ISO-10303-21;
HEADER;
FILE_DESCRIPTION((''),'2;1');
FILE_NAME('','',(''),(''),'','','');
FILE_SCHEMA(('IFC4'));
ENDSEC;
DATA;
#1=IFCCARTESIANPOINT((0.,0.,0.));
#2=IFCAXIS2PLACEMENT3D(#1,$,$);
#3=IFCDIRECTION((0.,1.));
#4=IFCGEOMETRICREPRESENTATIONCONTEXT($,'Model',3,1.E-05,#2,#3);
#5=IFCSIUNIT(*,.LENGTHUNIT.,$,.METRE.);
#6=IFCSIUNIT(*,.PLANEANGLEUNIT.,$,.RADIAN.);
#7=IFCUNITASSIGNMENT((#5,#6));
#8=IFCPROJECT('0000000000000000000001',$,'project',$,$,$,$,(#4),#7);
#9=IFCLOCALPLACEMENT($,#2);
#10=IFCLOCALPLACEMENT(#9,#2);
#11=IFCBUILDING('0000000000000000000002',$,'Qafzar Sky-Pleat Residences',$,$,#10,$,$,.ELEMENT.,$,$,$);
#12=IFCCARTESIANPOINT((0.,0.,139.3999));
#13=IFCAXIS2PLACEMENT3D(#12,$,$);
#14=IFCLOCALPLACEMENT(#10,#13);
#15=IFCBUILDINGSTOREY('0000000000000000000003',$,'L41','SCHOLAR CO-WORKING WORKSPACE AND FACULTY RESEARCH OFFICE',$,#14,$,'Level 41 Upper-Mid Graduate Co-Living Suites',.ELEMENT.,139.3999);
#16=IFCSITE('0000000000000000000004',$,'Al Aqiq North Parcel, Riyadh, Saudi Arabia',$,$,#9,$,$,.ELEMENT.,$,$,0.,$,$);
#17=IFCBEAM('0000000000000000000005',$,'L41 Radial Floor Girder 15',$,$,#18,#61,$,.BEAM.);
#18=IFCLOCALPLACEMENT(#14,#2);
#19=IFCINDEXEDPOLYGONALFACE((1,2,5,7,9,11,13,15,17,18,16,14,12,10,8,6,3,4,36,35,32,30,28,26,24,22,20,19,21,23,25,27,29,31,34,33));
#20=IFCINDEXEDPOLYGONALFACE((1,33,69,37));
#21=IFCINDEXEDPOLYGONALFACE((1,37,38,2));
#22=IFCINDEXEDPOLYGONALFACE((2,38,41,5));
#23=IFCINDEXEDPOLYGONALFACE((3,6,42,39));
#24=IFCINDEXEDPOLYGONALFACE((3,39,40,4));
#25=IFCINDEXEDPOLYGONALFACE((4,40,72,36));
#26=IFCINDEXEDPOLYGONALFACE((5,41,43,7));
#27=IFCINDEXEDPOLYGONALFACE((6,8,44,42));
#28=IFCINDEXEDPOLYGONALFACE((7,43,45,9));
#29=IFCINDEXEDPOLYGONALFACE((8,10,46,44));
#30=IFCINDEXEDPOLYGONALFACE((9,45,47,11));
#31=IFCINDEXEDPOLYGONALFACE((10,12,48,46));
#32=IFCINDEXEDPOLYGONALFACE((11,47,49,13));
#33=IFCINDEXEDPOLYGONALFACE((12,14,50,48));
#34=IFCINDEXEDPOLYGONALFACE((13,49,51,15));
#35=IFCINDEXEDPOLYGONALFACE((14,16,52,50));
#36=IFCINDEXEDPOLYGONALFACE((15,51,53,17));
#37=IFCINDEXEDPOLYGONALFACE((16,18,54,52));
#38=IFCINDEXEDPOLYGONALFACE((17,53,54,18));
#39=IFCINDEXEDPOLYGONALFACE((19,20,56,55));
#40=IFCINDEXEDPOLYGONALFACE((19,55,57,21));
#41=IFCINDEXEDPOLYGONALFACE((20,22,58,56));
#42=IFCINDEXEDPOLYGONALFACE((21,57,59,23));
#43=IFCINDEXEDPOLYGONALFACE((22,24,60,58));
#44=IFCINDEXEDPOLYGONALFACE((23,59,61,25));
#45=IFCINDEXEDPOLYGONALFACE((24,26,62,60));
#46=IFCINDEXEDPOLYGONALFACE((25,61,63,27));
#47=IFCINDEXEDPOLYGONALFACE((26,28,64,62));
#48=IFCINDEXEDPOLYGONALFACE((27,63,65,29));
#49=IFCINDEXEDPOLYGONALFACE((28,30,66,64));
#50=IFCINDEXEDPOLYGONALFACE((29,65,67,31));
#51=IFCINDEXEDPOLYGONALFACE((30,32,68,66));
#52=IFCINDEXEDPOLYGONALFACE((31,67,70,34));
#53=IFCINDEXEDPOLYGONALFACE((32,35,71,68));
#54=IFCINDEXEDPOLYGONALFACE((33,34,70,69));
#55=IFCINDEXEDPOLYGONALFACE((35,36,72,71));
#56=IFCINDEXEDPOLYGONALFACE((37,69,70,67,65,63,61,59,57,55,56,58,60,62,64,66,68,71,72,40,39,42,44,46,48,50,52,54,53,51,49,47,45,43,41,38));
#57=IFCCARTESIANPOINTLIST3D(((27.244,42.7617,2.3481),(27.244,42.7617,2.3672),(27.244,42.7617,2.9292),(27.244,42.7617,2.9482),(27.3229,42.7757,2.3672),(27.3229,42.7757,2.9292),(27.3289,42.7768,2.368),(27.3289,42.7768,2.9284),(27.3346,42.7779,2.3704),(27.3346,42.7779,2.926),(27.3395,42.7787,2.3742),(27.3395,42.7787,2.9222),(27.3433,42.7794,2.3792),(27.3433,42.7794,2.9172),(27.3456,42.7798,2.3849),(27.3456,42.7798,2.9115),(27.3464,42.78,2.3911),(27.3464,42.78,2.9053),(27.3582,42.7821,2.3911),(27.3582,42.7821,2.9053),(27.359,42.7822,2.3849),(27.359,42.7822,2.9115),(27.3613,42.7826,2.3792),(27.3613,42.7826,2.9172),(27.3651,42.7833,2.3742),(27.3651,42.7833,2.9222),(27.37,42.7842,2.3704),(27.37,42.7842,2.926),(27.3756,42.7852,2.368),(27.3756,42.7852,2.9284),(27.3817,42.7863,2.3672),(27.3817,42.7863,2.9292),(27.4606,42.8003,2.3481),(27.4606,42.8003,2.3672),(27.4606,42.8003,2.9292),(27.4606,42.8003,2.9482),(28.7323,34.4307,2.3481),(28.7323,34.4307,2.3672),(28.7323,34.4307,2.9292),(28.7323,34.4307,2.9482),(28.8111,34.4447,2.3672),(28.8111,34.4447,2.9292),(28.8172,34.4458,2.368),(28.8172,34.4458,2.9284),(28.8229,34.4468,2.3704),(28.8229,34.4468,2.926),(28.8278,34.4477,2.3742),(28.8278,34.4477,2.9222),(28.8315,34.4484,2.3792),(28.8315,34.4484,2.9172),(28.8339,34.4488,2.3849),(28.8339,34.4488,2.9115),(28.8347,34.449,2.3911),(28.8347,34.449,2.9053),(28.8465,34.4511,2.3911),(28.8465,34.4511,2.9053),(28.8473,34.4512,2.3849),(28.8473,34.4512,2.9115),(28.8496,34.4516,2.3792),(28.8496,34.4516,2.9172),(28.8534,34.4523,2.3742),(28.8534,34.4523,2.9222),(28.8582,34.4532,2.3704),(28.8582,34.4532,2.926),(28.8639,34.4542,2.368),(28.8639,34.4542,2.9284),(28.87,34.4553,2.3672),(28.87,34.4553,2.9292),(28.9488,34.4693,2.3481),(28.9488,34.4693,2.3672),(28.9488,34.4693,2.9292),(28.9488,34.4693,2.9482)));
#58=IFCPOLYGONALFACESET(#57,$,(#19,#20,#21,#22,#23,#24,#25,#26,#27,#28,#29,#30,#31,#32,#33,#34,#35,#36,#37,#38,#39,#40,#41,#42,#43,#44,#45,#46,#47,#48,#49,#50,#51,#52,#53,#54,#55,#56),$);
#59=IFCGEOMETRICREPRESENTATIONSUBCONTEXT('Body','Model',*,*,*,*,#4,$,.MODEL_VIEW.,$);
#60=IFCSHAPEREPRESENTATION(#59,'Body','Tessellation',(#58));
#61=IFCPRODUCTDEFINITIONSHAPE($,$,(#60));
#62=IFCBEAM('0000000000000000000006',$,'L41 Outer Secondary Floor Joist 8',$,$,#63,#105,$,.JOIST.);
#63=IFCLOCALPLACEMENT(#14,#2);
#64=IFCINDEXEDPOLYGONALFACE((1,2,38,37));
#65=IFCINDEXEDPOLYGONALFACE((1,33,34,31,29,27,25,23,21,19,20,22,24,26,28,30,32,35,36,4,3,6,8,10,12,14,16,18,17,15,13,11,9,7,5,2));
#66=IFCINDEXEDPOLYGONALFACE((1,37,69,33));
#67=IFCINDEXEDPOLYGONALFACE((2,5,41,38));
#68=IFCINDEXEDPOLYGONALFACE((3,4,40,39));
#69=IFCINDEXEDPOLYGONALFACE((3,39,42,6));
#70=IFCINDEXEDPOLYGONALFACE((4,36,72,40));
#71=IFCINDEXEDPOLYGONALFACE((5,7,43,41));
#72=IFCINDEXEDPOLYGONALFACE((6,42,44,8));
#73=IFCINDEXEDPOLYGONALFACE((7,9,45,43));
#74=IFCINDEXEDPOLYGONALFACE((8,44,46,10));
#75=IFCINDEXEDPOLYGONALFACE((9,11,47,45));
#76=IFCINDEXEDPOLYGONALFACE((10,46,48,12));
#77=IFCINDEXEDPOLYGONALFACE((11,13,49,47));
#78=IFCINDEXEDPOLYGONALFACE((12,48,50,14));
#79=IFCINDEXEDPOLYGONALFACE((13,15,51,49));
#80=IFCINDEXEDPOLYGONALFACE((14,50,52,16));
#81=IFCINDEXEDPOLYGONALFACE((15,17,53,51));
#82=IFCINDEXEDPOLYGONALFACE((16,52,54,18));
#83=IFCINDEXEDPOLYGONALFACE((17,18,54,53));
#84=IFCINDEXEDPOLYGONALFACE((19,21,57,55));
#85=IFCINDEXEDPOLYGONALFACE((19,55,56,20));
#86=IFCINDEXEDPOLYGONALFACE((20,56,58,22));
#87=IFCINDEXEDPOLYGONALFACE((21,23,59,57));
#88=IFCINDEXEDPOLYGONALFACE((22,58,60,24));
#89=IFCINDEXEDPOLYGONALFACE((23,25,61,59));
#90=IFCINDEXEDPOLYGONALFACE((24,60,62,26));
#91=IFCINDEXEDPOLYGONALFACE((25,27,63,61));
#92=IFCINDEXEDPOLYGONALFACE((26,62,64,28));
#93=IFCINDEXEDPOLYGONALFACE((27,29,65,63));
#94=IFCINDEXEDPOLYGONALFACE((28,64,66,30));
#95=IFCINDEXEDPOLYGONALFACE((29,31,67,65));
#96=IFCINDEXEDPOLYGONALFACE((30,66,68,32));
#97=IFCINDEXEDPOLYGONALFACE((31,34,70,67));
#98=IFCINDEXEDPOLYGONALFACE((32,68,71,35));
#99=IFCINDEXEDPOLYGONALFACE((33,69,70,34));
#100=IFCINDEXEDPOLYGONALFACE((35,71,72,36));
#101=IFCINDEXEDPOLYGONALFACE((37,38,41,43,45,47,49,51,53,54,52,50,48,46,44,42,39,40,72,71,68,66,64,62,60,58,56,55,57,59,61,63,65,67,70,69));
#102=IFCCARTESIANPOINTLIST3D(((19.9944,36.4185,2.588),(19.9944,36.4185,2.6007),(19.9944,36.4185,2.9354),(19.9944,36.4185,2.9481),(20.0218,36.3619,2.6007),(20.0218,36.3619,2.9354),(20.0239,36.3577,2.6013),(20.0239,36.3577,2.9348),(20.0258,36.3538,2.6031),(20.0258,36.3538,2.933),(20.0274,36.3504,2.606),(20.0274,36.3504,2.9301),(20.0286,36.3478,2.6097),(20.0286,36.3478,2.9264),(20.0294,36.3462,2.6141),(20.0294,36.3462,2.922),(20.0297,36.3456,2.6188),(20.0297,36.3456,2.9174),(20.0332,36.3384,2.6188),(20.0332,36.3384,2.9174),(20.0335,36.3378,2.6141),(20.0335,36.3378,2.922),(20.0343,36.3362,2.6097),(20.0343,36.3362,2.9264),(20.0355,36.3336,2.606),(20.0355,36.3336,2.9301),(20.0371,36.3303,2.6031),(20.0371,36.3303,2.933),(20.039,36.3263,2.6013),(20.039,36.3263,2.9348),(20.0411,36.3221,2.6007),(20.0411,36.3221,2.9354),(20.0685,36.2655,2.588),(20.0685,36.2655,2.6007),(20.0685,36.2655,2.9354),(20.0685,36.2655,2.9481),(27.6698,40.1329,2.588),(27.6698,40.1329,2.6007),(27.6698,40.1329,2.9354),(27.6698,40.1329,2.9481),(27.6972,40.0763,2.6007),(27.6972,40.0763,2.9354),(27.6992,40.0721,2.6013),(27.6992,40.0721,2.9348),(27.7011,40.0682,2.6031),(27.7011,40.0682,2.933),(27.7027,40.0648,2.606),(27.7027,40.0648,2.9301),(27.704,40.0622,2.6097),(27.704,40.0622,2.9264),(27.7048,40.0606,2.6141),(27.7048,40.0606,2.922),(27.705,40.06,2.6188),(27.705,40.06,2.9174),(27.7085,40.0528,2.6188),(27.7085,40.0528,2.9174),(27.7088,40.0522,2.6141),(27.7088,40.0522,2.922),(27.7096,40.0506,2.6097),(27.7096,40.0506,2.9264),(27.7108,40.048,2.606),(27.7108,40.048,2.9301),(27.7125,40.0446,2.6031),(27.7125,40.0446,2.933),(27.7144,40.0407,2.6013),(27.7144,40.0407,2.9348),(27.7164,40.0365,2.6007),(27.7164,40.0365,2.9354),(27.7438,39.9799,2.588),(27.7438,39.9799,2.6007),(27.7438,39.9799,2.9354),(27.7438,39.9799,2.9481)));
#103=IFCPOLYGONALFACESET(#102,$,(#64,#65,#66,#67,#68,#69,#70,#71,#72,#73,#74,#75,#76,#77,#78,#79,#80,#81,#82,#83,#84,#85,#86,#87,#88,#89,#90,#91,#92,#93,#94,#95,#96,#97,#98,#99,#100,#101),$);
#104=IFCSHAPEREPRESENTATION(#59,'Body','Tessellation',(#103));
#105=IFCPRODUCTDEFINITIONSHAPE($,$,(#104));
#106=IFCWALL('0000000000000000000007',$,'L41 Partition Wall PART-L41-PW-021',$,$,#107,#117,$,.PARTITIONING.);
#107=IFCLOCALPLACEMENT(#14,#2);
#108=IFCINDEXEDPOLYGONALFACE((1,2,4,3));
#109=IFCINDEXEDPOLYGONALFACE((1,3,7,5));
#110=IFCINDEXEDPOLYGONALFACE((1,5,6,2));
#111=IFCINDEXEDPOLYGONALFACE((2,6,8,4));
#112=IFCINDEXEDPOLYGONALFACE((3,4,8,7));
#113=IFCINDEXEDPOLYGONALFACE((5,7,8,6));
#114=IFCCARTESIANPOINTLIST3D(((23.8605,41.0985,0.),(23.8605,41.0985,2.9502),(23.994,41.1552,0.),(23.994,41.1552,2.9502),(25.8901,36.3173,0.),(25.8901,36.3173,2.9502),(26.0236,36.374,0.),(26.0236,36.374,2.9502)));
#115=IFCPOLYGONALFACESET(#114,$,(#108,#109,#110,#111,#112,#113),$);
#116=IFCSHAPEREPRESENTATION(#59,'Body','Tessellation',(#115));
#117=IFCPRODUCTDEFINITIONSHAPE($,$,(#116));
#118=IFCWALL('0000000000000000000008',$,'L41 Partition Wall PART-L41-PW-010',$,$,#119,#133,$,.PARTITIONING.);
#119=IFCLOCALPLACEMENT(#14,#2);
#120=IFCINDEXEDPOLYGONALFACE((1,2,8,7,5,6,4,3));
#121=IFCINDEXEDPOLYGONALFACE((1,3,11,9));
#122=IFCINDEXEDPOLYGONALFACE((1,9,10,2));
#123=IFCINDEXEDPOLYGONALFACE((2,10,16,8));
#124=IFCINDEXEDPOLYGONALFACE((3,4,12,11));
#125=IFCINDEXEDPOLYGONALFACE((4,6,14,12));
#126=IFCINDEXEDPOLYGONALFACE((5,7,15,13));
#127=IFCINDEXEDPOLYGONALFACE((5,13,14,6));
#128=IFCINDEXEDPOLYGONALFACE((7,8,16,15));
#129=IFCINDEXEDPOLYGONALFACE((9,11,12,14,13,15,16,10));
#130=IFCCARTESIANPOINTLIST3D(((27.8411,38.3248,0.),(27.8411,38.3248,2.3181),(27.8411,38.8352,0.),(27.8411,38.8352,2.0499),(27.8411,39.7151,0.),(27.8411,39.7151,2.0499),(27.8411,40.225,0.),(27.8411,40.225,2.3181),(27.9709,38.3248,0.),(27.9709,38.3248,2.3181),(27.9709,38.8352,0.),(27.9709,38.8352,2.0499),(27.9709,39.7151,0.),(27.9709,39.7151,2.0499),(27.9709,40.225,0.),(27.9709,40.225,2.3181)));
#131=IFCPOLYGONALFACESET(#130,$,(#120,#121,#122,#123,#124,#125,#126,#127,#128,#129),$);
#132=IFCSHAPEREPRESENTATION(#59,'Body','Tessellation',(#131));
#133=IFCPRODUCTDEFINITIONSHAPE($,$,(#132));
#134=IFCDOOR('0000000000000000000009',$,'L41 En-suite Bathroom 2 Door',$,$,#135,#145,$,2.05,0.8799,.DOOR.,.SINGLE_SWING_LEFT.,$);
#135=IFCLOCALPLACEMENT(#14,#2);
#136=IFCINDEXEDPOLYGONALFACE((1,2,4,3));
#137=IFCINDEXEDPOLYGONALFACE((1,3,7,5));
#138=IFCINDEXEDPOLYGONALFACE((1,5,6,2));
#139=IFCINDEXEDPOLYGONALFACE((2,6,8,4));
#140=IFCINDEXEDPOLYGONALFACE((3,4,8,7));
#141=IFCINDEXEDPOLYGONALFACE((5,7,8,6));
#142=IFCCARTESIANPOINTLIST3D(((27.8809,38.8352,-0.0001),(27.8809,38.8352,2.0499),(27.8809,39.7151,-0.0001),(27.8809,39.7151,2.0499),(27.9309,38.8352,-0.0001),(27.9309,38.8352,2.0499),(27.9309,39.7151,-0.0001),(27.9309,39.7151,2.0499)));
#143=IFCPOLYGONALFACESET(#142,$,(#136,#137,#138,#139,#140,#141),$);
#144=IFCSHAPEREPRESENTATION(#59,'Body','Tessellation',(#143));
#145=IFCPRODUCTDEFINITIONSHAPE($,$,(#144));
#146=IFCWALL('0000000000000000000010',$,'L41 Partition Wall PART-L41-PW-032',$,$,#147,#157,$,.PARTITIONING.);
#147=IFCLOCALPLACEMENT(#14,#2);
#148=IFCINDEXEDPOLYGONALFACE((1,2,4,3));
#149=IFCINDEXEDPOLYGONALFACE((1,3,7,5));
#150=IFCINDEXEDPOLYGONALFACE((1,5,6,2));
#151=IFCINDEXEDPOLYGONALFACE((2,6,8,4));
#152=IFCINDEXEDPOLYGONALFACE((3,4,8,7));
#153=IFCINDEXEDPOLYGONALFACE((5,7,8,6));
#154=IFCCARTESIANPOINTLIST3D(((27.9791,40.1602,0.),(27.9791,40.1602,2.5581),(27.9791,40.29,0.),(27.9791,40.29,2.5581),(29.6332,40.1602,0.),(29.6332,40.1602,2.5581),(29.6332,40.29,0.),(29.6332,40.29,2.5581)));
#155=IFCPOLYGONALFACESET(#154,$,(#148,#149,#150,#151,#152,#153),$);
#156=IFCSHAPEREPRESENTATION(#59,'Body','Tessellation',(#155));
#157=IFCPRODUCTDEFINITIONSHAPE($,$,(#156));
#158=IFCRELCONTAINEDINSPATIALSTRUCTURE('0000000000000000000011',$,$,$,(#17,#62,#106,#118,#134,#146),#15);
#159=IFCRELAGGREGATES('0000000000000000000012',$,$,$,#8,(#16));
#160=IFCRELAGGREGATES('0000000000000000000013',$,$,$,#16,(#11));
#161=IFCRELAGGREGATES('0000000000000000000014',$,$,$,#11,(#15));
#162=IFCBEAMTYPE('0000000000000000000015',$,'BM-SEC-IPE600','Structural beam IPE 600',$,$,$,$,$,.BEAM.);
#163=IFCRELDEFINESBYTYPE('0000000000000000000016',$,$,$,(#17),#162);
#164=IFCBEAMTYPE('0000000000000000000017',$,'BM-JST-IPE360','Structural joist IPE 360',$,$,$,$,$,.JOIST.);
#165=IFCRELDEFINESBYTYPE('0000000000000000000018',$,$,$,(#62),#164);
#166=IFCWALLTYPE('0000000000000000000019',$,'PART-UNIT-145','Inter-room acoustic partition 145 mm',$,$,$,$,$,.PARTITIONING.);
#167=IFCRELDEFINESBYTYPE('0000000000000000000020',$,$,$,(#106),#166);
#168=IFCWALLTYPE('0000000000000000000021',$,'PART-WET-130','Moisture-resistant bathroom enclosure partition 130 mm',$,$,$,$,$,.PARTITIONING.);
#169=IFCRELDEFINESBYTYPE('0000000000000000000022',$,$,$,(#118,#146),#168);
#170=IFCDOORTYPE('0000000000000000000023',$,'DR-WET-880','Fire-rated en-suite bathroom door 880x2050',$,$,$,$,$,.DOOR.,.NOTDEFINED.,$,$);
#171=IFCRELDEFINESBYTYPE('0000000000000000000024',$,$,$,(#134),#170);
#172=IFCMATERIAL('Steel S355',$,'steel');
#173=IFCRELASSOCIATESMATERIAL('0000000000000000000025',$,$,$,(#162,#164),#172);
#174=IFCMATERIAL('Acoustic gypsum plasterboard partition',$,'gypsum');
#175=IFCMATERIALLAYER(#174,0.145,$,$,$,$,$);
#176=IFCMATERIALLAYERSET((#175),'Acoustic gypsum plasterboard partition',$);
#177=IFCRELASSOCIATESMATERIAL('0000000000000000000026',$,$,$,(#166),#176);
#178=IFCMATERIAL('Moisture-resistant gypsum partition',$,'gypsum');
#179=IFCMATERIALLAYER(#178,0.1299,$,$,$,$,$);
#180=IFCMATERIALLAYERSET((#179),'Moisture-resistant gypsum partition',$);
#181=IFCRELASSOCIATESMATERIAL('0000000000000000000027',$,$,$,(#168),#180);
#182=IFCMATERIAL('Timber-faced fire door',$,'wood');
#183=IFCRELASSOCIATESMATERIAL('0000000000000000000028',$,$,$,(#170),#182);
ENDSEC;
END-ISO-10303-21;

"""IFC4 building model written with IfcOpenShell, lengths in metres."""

from ifc_helpers import new_model, si_unit, direction, frame, frame_2d, origin, origin_2d, place, context, subcontext, project, spatial, rectangle, i_section, extrude, source, transform, mapped, material, layer, layer_set, material_profile, profile_set, type_object, element, fill, save


model = new_model("IFC4")

# Units and contexts
model_context = context("Model", 3, precision=1e-05, world=origin(), true_north=direction((0.0, 1.0)))
body_context = subcontext(model_context, "Body", "Model", "MODEL_VIEW")
ifc_project = project(units=[si_unit("LENGTHUNIT", "METRE"), si_unit("PLANEANGLEUNIT", "RADIAN")], contexts=[model_context])

# Site, building, storey
site_placement = place(None, origin())
site = spatial("IfcSite", under=ifc_project, at=site_placement, Name="Al Aqiq North Parcel, Riyadh, Saudi Arabia", CompositionType="ELEMENT", RefElevation=0.0)
building_placement = place(site_placement, origin())
building = spatial("IfcBuilding", under=site, at=building_placement, Name="Qafzar Sky-Pleat Residences", CompositionType="ELEMENT")
storey_placement = place(building_placement, frame((0.0, 0.0, 139.3999)))
storey = spatial("IfcBuildingStorey", under=building, at=storey_placement, Name="L41", Description="SCHOLAR CO-WORKING WORKSPACE AND FACULTY RESEARCH OFFICE", LongName="Level 41 Upper-Mid Graduate Co-Living Suites", CompositionType="ELEMENT", Elevation=139.3999)

# Shared definitions
ifc_material_1 = material(Name="Steel S355", Category="steel")

# Beams
ifc_material_profile_1 = material_profile(ifc_material_1, i_section(OverallWidth=0.22, OverallDepth=0.6001, WebThickness=0.012, FlangeThickness=0.019, FilletRadius=0.0239, at=origin_2d()), Name="IPE 600")
ifc_profile_set_1 = profile_set([ifc_material_profile_1], Name="Steel S355")
beam_type_1 = type_object("IfcBeamType", Name="BM-SEC-IPE600", Description="Structural beam IPE 600", PredefinedType="BEAM", material=ifc_profile_set_1)
shared_shape_1 = source(origin(), body_context, "Body", "SweptSolid", [
    extrude(i_section(OverallWidth=0.22, OverallDepth=0.6001, WebThickness=0.012, FlangeThickness=0.019, FilletRadius=0.0239, at=origin_2d()), origin(), (0.0, 0.0, 1.0), 8.4629),
])
beam_1_placement = place(storey_placement, frame((27.3523, 42.781, 2.6482), z_axis=(0.175859, -0.984415, 0.0), x_axis=(0.984415, 0.175859, 0.0)))
element("IfcBeam", 1, at=beam_1_placement, inside=storey, type_object=beam_type_1, Name="L41 Radial Floor Girder 15", PredefinedType="BEAM", context=body_context, shape_type="MappedRepresentation", body=[
    mapped(shared_shape_1, transform((0.0, 0.0, 0.0), x_axis=(1.0, 0.0, 0.0), y_axis=(0.0, 1.0, 0.0), z_axis=(0.0, 0.0, 1.0), scale=1.0)),
])
ifc_material_profile_2 = material_profile(ifc_material_1, i_section(OverallWidth=0.1699, OverallDepth=0.3601, WebThickness=0.0081, FlangeThickness=0.0127, FilletRadius=0.0181, at=origin_2d()), Name="IPE 360")
ifc_profile_set_2 = profile_set([ifc_material_profile_2], Name="Steel S355")
beam_type_2 = type_object("IfcBeamType", Name="BM-JST-IPE360", Description="Structural joist IPE 360", PredefinedType="JOIST", material=ifc_profile_set_2)
shared_shape_2 = source(origin(), body_context, "Body", "SweptSolid", [
    extrude(i_section(OverallWidth=0.1699, OverallDepth=0.3601, WebThickness=0.0081, FlangeThickness=0.0127, FilletRadius=0.0181, at=origin_2d()), origin(), (0.0, 0.0, 1.0), 8.5269),
])
beam_2_placement = place(storey_placement, frame((27.7068, 40.0564, 2.7681), z_axis=(-0.900136, -0.435609, 0.0), x_axis=(0.435609, -0.900136, 0.0)))
element("IfcBeam", 2, at=beam_2_placement, inside=storey, type_object=beam_type_2, Name="L41 Outer Secondary Floor Joist 8", PredefinedType="JOIST", context=body_context, shape_type="MappedRepresentation", body=[
    mapped(shared_shape_2, transform((0.0, 0.0, 0.0), x_axis=(1.0, 0.0, 0.0), y_axis=(0.0, 1.0, 0.0), z_axis=(0.0, 0.0, 1.0), scale=1.0)),
])

# Wall
ifc_material_2 = material(Name="Acoustic gypsum plasterboard partition", Category="gypsum")
ifc_layer_1 = layer(ifc_material_2, 0.145)
ifc_layer_set_1 = layer_set([ifc_layer_1], Name="Acoustic gypsum plasterboard partition")
wall_type_1 = type_object("IfcWallType", Name="PART-UNIT-145", Description="Inter-room acoustic partition 145 mm", PredefinedType="PARTITIONING", material=ifc_layer_set_1)
wall_1_placement = place(storey_placement, frame((23.9272, 41.127, 0.0), z_axis=(0.0, 0.0, 1.0), x_axis=(0.390735, -0.920503, 0.0)))
element("IfcWall", 3, at=wall_1_placement, inside=storey, type_object=wall_type_1, Name="L41 Partition Wall PART-L41-PW-021", PredefinedType="PARTITIONING", context=body_context, shape_type="SweptSolid", body=[
    extrude(rectangle(XDim=5.1941, YDim=0.145, at=frame_2d((2.5972, 0.0))), origin(), (0.0, 0.0, 1.0), 2.9502),
])

# Wall, opening, door
ifc_material_3 = material(Name="Moisture-resistant gypsum partition", Category="gypsum")
ifc_layer_2 = layer(ifc_material_3, 0.1299)
ifc_layer_set_2 = layer_set([ifc_layer_2], Name="Moisture-resistant gypsum partition")
wall_type_2 = type_object("IfcWallType", Name="PART-WET-130", Description="Moisture-resistant bathroom enclosure partition 130 mm", PredefinedType="PARTITIONING", material=ifc_layer_set_2)
wall_2_placement = place(storey_placement, frame((27.906, 40.2251, 0.0), z_axis=(0.0, 0.0, 1.0), x_axis=(0.0, -1.0, 0.0)))
wall_2 = element("IfcWall", 4, at=wall_2_placement, inside=storey, type_object=wall_type_2, Name="L41 Partition Wall PART-L41-PW-010", PredefinedType="PARTITIONING", context=body_context, shape_type="SweptSolid", body=[
    extrude(rectangle(XDim=1.9001, YDim=0.1299, at=frame_2d((0.9502, 0.0))), origin(), (0.0, 0.0, 1.0), 2.3181),
])
opening_1_placement = place(wall_2_placement, frame((0.51, 0.0, 0.0)))
opening_1 = element("IfcOpeningElement", 5, at=opening_1_placement, cuts=wall_2, PredefinedType="OPENING", context=body_context, shape_type="SweptSolid", body=[
    extrude(rectangle(XDim=0.8799, YDim=2.05, at=frame_2d((0.4399, 1.0249))), frame((0.0, 0.075, 0.0), z_axis=(0.0, -1.0, 0.0), x_axis=(1.0, 0.0, 0.0)), (0.0, 0.0, 1.0), 0.1499),
])
ifc_material_4 = material(Name="Timber-faced fire door", Category="wood")
door_type = type_object("IfcDoorType", Name="DR-WET-880", Description="Fire-rated en-suite bathroom door 880x2050", OperationType="NOTDEFINED", PredefinedType="DOOR", material=ifc_material_4)
shared_shape_3 = source(origin(), body_context, "Body", "SweptSolid", [
    extrude(rectangle(XDim=0.8799, YDim=2.05, at=frame_2d((0.4399, 1.0249))), frame((0.0, 0.0249, 0.0), z_axis=(0.0, -1.0, 0.0), x_axis=(1.0, 0.0, 0.0)), (0.0, 0.0, 1.0), 0.05),
])
door_placement = place(opening_1_placement, origin())
door = element("IfcDoor", 6, at=door_placement, inside=storey, type_object=door_type, Name="L41 En-suite Bathroom 2 Door", OperationType="SINGLE_SWING_LEFT", OverallHeight=2.05, OverallWidth=0.8799, PredefinedType="DOOR", context=body_context, shape_type="MappedRepresentation", body=[
    mapped(shared_shape_3, transform((0.0, 0.0, 0.0), x_axis=(1.0, 0.0, 0.0), y_axis=(0.0, 1.0, 0.0), z_axis=(0.0, 0.0, 1.0), scale=1.0)),
])
fill(opening_1, door)

# Wall
wall_3_placement = place(storey_placement, frame((27.979, 40.2251, 0.0), z_axis=(0.0, 0.0, 1.0), x_axis=(1.0, 0.0, 0.0)))
element("IfcWall", 7, at=wall_3_placement, inside=storey, type_object=wall_type_2, Name="L41 Partition Wall PART-L41-PW-032", PredefinedType="PARTITIONING", context=body_context, shape_type="SweptSolid", body=[
    extrude(rectangle(XDim=1.6541, YDim=0.1299, at=frame_2d((0.8271, 0.0))), origin(), (0.0, 0.0, 1.0), 2.5581),
])

save(model, "model.ifc")
